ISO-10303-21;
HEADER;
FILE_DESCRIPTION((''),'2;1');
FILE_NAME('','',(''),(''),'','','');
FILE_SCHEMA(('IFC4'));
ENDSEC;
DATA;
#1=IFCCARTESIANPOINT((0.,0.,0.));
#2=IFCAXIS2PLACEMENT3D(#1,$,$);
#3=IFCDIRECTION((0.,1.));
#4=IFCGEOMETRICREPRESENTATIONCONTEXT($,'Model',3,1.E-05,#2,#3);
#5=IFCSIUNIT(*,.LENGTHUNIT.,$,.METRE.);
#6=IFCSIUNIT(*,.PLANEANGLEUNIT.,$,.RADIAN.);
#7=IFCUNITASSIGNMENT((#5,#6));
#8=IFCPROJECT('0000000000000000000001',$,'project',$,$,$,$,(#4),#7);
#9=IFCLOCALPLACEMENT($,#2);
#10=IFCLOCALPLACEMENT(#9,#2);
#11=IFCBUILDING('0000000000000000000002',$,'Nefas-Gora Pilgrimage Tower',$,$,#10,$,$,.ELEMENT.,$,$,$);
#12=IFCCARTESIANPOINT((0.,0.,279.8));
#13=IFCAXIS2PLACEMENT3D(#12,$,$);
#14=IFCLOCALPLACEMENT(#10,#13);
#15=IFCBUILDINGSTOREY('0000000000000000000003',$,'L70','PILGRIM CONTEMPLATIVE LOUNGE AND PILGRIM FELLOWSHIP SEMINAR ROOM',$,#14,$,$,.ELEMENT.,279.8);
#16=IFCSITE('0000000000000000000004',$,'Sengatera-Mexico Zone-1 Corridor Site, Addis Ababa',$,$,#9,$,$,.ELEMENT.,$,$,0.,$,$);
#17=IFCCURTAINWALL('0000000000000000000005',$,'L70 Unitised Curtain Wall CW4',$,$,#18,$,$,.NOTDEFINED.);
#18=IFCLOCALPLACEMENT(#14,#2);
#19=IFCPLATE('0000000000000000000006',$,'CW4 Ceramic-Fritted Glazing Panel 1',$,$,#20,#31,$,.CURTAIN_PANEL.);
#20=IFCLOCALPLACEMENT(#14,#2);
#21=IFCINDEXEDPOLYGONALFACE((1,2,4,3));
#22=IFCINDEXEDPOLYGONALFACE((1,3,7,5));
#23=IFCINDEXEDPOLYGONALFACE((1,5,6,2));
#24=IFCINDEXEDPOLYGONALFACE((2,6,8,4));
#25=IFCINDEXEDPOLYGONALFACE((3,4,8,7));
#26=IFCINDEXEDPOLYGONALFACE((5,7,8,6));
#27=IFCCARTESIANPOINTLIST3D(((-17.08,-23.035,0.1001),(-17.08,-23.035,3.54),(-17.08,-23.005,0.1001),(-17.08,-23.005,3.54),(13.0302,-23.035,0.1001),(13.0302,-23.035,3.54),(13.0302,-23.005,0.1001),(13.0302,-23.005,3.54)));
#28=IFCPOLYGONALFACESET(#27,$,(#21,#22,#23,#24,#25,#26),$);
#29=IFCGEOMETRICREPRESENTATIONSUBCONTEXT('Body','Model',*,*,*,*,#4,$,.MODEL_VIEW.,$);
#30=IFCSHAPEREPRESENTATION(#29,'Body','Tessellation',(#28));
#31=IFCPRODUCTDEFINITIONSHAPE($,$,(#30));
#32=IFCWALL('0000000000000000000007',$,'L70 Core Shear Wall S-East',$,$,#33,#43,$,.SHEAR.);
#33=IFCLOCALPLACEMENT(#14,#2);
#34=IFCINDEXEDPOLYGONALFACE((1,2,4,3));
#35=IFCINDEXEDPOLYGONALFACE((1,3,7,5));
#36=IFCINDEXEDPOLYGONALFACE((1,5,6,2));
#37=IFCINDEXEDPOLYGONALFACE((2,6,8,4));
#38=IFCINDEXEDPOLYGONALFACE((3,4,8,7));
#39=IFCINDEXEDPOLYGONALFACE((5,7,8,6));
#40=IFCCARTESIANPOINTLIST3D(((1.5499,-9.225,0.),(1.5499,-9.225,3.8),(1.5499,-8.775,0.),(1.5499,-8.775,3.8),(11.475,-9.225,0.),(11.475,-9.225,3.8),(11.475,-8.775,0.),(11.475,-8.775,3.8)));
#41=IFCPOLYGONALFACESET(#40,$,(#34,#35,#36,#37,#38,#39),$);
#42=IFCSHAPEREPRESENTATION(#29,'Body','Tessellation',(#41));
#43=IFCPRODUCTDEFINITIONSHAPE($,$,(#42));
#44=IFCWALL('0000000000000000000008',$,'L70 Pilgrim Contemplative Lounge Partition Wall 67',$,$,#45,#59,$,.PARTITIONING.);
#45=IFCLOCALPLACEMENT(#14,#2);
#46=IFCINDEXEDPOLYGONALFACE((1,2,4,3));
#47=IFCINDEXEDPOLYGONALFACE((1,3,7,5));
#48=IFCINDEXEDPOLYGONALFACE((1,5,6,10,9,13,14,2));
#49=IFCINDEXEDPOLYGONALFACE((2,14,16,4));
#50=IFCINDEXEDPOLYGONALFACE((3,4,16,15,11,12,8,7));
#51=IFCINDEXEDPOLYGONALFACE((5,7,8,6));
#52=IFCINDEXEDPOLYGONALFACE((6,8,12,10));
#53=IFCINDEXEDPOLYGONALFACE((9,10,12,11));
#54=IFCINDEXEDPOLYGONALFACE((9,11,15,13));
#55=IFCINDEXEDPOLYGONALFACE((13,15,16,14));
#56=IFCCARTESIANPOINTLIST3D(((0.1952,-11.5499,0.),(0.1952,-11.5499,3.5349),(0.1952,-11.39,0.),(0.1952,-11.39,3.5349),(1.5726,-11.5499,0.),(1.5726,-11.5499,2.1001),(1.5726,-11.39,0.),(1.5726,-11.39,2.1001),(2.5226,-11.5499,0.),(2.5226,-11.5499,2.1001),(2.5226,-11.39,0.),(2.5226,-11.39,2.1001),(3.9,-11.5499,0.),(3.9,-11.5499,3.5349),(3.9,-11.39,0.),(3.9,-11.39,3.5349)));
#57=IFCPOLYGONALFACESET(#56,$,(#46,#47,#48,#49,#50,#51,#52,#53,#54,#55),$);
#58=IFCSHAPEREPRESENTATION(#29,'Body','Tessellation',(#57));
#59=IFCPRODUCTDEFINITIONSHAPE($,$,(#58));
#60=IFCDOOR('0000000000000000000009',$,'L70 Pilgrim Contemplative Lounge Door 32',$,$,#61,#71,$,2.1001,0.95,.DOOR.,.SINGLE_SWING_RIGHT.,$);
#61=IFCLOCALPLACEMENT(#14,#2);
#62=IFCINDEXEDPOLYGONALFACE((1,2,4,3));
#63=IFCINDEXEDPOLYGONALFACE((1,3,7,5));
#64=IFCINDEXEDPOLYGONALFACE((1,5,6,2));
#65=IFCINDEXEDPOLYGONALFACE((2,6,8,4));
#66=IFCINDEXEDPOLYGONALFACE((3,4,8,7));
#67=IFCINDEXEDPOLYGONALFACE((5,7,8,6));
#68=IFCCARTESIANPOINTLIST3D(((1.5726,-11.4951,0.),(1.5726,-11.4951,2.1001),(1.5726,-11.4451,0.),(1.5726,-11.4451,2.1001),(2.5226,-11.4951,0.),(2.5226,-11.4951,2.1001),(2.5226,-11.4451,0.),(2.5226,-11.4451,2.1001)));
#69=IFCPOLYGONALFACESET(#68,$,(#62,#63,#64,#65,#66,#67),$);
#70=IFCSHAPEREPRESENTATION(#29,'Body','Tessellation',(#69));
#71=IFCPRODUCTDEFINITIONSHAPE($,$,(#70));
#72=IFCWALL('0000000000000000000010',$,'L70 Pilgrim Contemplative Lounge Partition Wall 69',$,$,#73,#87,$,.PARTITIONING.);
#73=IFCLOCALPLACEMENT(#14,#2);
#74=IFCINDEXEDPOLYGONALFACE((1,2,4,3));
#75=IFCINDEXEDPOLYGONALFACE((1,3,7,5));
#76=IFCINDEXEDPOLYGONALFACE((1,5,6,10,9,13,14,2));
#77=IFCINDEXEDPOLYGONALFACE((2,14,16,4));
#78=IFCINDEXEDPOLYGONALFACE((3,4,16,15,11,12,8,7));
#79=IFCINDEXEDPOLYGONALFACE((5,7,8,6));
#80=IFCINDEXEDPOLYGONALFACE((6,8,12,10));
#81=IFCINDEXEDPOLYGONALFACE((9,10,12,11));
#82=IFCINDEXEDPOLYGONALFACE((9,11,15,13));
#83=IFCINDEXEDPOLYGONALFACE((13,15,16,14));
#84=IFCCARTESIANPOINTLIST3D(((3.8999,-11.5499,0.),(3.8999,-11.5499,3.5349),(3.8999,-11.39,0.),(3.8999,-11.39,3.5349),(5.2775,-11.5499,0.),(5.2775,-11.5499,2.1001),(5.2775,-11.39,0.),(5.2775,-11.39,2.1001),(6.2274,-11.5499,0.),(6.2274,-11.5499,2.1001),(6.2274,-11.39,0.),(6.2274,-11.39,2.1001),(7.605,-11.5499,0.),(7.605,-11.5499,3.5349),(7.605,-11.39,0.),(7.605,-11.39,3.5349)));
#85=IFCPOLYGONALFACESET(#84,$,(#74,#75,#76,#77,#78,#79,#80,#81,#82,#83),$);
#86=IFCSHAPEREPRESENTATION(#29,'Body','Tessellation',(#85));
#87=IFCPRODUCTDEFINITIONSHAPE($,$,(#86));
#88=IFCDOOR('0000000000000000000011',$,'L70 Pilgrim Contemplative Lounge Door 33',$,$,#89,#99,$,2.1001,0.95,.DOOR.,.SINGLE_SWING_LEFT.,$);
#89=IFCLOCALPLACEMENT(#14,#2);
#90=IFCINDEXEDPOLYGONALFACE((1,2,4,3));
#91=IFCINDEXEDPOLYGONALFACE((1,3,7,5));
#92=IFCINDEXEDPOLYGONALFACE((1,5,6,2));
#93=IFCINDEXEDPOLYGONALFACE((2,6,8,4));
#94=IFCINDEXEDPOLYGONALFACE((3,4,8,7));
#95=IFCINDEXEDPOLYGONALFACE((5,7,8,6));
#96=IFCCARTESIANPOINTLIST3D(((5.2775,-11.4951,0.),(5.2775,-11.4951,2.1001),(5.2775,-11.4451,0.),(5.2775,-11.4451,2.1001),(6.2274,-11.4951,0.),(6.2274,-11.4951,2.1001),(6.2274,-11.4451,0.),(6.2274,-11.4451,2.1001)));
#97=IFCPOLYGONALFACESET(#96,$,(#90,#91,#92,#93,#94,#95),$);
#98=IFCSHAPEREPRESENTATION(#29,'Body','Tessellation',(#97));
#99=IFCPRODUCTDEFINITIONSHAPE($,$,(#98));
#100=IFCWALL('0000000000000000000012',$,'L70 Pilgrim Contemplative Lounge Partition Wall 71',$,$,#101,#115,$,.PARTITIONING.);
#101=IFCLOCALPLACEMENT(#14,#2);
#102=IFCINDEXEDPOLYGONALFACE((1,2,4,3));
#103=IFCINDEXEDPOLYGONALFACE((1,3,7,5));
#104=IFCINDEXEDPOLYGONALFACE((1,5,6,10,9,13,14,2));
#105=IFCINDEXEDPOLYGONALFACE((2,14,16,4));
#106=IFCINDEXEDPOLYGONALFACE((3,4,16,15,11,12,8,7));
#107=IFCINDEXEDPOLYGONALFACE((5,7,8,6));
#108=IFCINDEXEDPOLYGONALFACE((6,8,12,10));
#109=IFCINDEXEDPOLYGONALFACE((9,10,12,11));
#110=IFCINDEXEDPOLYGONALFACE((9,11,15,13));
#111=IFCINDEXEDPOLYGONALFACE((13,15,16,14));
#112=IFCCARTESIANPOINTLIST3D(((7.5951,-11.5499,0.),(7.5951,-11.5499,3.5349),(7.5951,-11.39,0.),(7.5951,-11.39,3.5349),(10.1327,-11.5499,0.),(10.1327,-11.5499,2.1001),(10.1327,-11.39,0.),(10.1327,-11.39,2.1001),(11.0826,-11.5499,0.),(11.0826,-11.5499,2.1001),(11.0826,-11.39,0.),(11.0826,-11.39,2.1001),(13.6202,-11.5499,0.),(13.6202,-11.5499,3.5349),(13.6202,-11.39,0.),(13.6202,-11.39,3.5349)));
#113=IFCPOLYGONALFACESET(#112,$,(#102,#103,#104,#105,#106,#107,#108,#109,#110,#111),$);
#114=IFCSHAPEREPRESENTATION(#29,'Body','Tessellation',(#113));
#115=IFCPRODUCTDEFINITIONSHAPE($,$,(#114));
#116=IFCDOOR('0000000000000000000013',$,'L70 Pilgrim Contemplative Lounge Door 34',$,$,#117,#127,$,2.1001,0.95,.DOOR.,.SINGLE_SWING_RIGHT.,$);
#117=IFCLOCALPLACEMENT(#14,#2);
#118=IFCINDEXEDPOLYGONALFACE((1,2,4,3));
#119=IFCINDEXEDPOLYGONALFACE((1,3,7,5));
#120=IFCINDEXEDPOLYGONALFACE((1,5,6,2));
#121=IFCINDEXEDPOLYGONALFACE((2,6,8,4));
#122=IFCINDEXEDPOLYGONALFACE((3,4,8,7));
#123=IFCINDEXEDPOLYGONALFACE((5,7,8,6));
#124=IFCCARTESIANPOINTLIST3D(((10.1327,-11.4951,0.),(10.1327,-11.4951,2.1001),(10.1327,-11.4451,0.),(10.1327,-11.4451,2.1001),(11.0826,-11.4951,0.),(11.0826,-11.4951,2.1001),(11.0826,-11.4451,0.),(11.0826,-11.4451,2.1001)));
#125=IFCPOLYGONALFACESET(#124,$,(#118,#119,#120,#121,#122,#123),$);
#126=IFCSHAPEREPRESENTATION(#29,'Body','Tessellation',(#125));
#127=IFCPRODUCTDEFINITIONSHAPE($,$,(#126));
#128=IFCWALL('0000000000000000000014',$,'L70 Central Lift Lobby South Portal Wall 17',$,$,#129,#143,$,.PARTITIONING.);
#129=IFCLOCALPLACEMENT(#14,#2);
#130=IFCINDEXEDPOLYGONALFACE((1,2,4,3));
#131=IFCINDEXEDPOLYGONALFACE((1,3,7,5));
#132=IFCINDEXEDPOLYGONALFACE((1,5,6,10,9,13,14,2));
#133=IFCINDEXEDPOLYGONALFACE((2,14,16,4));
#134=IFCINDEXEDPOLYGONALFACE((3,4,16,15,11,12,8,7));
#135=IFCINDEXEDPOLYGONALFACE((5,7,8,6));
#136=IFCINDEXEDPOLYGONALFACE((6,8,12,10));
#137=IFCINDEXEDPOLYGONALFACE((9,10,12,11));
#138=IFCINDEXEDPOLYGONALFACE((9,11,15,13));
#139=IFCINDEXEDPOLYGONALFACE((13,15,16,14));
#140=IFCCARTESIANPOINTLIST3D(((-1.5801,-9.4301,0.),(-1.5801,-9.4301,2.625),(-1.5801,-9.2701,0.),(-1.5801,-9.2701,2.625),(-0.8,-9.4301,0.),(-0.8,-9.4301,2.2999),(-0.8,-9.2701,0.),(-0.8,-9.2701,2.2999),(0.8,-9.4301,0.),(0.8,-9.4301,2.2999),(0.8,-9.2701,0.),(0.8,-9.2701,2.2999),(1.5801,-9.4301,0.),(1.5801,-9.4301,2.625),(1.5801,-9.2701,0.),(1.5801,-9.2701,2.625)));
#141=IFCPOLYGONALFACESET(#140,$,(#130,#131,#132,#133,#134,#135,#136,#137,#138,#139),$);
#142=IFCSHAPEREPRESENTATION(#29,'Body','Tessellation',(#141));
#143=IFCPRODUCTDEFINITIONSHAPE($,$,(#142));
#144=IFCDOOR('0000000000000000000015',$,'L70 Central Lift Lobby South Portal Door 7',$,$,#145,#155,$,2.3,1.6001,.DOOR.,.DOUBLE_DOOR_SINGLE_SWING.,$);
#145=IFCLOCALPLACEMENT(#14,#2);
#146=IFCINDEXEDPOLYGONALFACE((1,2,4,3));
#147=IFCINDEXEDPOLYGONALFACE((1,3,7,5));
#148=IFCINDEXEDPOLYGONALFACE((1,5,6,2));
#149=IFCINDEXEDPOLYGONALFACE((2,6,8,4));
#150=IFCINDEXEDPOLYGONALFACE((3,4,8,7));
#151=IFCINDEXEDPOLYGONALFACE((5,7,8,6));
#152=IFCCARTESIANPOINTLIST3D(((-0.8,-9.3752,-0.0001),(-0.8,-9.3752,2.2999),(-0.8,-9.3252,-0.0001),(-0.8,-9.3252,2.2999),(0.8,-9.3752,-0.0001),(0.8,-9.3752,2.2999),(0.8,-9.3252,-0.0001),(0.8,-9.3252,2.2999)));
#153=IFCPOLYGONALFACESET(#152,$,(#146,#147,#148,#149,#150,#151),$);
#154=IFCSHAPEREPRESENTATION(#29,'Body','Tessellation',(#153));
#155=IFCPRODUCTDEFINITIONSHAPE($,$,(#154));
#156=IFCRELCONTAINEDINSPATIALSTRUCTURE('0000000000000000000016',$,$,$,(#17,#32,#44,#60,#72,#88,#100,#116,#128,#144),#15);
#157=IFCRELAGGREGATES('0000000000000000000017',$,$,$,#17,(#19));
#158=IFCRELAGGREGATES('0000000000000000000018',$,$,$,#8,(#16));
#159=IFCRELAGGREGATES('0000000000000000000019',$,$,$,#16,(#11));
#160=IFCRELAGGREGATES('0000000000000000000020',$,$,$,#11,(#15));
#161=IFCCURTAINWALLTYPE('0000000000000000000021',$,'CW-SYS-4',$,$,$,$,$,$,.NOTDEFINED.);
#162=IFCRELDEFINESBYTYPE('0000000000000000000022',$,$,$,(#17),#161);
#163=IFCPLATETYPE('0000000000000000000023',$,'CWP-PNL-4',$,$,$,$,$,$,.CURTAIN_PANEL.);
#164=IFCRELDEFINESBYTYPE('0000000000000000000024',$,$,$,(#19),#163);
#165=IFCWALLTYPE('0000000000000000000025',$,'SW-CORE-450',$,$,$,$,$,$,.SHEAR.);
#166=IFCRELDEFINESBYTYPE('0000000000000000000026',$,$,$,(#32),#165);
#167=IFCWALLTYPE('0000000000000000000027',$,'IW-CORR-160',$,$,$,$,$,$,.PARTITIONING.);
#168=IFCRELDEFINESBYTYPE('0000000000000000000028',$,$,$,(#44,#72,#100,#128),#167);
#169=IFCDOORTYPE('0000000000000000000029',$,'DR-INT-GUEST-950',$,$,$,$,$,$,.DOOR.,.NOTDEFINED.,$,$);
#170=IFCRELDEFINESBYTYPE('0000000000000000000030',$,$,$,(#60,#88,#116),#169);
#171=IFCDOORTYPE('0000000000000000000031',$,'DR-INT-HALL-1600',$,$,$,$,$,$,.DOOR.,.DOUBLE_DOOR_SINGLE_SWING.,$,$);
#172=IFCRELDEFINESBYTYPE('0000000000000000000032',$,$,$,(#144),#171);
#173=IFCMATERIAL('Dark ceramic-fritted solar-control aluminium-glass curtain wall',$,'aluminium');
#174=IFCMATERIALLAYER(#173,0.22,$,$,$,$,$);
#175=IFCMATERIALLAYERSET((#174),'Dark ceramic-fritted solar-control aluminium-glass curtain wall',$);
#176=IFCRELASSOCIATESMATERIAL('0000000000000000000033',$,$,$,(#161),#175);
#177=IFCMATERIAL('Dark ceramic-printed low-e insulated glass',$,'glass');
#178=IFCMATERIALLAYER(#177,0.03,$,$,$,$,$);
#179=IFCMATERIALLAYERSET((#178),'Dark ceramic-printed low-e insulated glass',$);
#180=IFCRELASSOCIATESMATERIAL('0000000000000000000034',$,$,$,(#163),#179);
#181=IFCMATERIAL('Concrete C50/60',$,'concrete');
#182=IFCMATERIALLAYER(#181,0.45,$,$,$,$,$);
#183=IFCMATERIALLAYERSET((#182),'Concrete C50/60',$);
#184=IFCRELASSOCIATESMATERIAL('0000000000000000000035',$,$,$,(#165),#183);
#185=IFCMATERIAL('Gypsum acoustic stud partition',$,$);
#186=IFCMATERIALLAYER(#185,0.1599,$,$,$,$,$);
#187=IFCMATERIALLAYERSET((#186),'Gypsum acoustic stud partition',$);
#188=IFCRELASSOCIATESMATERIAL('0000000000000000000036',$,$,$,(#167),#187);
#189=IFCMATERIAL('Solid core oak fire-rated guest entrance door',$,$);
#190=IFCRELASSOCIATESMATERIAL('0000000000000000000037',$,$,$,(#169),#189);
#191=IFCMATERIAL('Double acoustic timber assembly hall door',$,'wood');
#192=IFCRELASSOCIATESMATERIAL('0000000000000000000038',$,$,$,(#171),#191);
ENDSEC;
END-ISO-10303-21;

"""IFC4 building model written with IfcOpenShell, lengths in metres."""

from ifc_helpers import new_model, si_unit, direction, frame, frame_2d, origin, origin_2d, place, context, subcontext, project, spatial, rectangle, extrude, source, transform, mapped, material, layer, layer_set, type_object, element, fill, aggregate, save


model = new_model("IFC4")

# Units and contexts
model_context = context("Model", 3, precision=1e-05, world=origin(), true_north=direction((0.0, 1.0)))
body_context = subcontext(model_context, "Body", "Model", "MODEL_VIEW")
ifc_project = project(units=[si_unit("LENGTHUNIT", "METRE"), si_unit("PLANEANGLEUNIT", "RADIAN")], contexts=[model_context])

# Site, building, storey
site_placement = place(None, origin())
site = spatial("IfcSite", under=ifc_project, at=site_placement, Name="Sengatera-Mexico Zone-1 Corridor Site, Addis Ababa", CompositionType="ELEMENT", RefElevation=0.0)
building_placement = place(site_placement, origin())
building = spatial("IfcBuilding", under=site, at=building_placement, Name="Nefas-Gora Pilgrimage Tower", CompositionType="ELEMENT")
storey_placement = place(building_placement, frame((0.0, 0.0, 279.8)))
storey = spatial("IfcBuildingStorey", under=building, at=storey_placement, Name="L70", Description="PILGRIM CONTEMPLATIVE LOUNGE AND PILGRIM FELLOWSHIP SEMINAR ROOM", CompositionType="ELEMENT", Elevation=279.8)

# Shared definitions
ifc_material_1 = material(Name="Concrete C50/60", Category="concrete")

# Curtain wall, plate
ifc_material_2 = material(Name="Dark ceramic-fritted solar-control aluminium-glass curtain wall", Category="aluminium")
ifc_layer_1 = layer(ifc_material_2, 0.22)
ifc_layer_set_1 = layer_set([ifc_layer_1], Name="Dark ceramic-fritted solar-control aluminium-glass curtain wall")
curtain_wall_type = type_object("IfcCurtainWallType", Name="CW-SYS-4", PredefinedType="NOTDEFINED", material=ifc_layer_set_1)
curtain_wall_placement = place(storey_placement, origin())
curtain_wall = element("IfcCurtainWall", 1, at=curtain_wall_placement, inside=storey, type_object=curtain_wall_type, Name="L70 Unitised Curtain Wall CW4", PredefinedType="NOTDEFINED")
ifc_material_3 = material(Name="Dark ceramic-printed low-e insulated glass", Category="glass")
ifc_layer_2 = layer(ifc_material_3, 0.03)
ifc_layer_set_2 = layer_set([ifc_layer_2], Name="Dark ceramic-printed low-e insulated glass")
plate_type = type_object("IfcPlateType", Name="CWP-PNL-4", PredefinedType="CURTAIN_PANEL", material=ifc_layer_set_2)
shared_shape_1 = source(origin(), body_context, "Body", "SweptSolid", [
    extrude(rectangle(XDim=30.1101, YDim=0.03, at=origin_2d()), origin(), (0.0, 0.0, 1.0), 3.4399),
])
plate_placement = place(storey_placement, frame((-2.0249, -23.02, 0.1001), z_axis=(0.0, 0.0, 1.0), x_axis=(1.0, 0.0, 0.0)))
plate = element("IfcPlate", 2, at=plate_placement, type_object=plate_type, Name="CW4 Ceramic-Fritted Glazing Panel 1", PredefinedType="CURTAIN_PANEL", context=body_context, shape_type="MappedRepresentation", body=[
    mapped(shared_shape_1, transform((0.0, 0.0, 0.0), x_axis=(1.0, 0.0, 0.0), y_axis=(0.0, 1.0, 0.0), z_axis=(0.0, 0.0, 1.0), scale=1.0)),
])
aggregate(curtain_wall, [plate])

# Wall
ifc_layer_3 = layer(ifc_material_1, 0.45)
ifc_layer_set_3 = layer_set([ifc_layer_3], Name="Concrete C50/60")
wall_type_1 = type_object("IfcWallType", Name="SW-CORE-450", PredefinedType="SHEAR", material=ifc_layer_set_3)
shared_shape_2 = source(origin(), body_context, "Body", "SweptSolid", [
    extrude(rectangle(XDim=9.925, YDim=0.45, at=frame_2d((4.9624, 0.0))), origin(), (0.0, 0.0, 1.0), 3.8),
])
wall_1_placement = place(storey_placement, frame((1.55, -9.0, 0.0), z_axis=(0.0, 0.0, 1.0), x_axis=(1.0, 0.0, 0.0)))
element("IfcWall", 3, at=wall_1_placement, inside=storey, type_object=wall_type_1, Name="L70 Core Shear Wall S-East", PredefinedType="SHEAR", context=body_context, shape_type="MappedRepresentation", body=[
    mapped(shared_shape_2, transform((0.0, 0.0, 0.0), x_axis=(1.0, 0.0, 0.0), y_axis=(0.0, 1.0, 0.0), z_axis=(0.0, 0.0, 1.0), scale=1.0)),
])

# Walls, openings, doors
ifc_material_4 = material(Name="Gypsum acoustic stud partition")
ifc_layer_4 = layer(ifc_material_4, 0.1599)
ifc_layer_set_4 = layer_set([ifc_layer_4], Name="Gypsum acoustic stud partition")
wall_type_2 = type_object("IfcWallType", Name="IW-CORR-160", PredefinedType="PARTITIONING", material=ifc_layer_set_4)
shared_shape_3 = source(origin(), body_context, "Body", "SweptSolid", [
    extrude(rectangle(XDim=3.7048, YDim=0.1599, at=frame_2d((1.8525, 0.0))), origin(), (0.0, 0.0, 1.0), 3.5349),
])
wall_2_placement = place(storey_placement, frame((0.1951, -11.47, 0.0), z_axis=(0.0, 0.0, 1.0), x_axis=(1.0, 0.0, 0.0)))
wall_2 = element("IfcWall", 4, at=wall_2_placement, inside=storey, type_object=wall_type_2, Name="L70 Pilgrim Contemplative Lounge Partition Wall 67", PredefinedType="PARTITIONING", context=body_context, shape_type="MappedRepresentation", body=[
    mapped(shared_shape_3, transform((0.0, 0.0, 0.0), x_axis=(1.0, 0.0, 0.0), y_axis=(0.0, 1.0, 0.0), z_axis=(0.0, 0.0, 1.0), scale=1.0)),
])
opening_1_placement = place(wall_2_placement, frame((1.3774, 0.0, 0.0)))
opening_1 = element("IfcOpeningElement", 5, at=opening_1_placement, cuts=wall_2, PredefinedType="OPENING", context=body_context, shape_type="SweptSolid", body=[
    extrude(rectangle(XDim=0.95, YDim=2.1001, at=frame_2d((0.4751, 1.05))), frame((0.0, 0.0898, 0.0), z_axis=(0.0, -1.0, 0.0), x_axis=(1.0, 0.0, 0.0)), (0.0, 0.0, 1.0), 0.1799),
])
ifc_material_5 = material(Name="Solid core oak fire-rated guest entrance door")
door_type_1 = type_object("IfcDoorType", Name="DR-INT-GUEST-950", OperationType="NOTDEFINED", PredefinedType="DOOR", material=ifc_material_5)
shared_shape_4 = source(origin(), body_context, "Body", "SweptSolid", [
    extrude(rectangle(XDim=0.95, YDim=2.1001, at=frame_2d((0.4751, 1.05))), frame((0.0, 0.0249, 0.0), z_axis=(0.0, -1.0, 0.0), x_axis=(1.0, 0.0, 0.0)), (0.0, 0.0, 1.0), 0.05),
])
door_1_placement = place(opening_1_placement, origin())
door_1 = element("IfcDoor", 6, at=door_1_placement, inside=storey, type_object=door_type_1, Name="L70 Pilgrim Contemplative Lounge Door 32", OperationType="SINGLE_SWING_RIGHT", OverallHeight=2.1001, OverallWidth=0.95, PredefinedType="DOOR", context=body_context, shape_type="MappedRepresentation", body=[
    mapped(shared_shape_4, transform((0.0, 0.0, 0.0), x_axis=(1.0, 0.0, 0.0), y_axis=(0.0, 1.0, 0.0), z_axis=(0.0, 0.0, 1.0), scale=1.0)),
])
fill(opening_1, door_1)
shared_shape_5 = source(origin(), body_context, "Body", "SweptSolid", [
    extrude(rectangle(XDim=3.7051, YDim=0.1599, at=frame_2d((1.8525, 0.0))), origin(), (0.0, 0.0, 1.0), 3.5349),
])
wall_3_placement = place(storey_placement, frame((3.8999, -11.47, 0.0), z_axis=(0.0, 0.0, 1.0), x_axis=(1.0, 0.0, 0.0)))
wall_3 = element("IfcWall", 7, at=wall_3_placement, inside=storey, type_object=wall_type_2, Name="L70 Pilgrim Contemplative Lounge Partition Wall 69", PredefinedType="PARTITIONING", context=body_context, shape_type="MappedRepresentation", body=[
    mapped(shared_shape_5, transform((0.0, 0.0, 0.0), x_axis=(1.0, 0.0, 0.0), y_axis=(0.0, 1.0, 0.0), z_axis=(0.0, 0.0, 1.0), scale=1.0)),
])
opening_2_placement = place(wall_3_placement, frame((1.3774, 0.0, 0.0)))
opening_2 = element("IfcOpeningElement", 8, at=opening_2_placement, cuts=wall_3, PredefinedType="OPENING", context=body_context, shape_type="SweptSolid", body=[
    extrude(rectangle(XDim=0.95, YDim=2.1001, at=frame_2d((0.4751, 1.05))), frame((0.0, 0.0898, 0.0), z_axis=(0.0, -1.0, 0.0), x_axis=(1.0, 0.0, 0.0)), (0.0, 0.0, 1.0), 0.1799),
])
door_2_placement = place(opening_2_placement, origin())
door_2 = element("IfcDoor", 9, at=door_2_placement, inside=storey, type_object=door_type_1, Name="L70 Pilgrim Contemplative Lounge Door 33", OperationType="SINGLE_SWING_LEFT", OverallHeight=2.1001, OverallWidth=0.95, PredefinedType="DOOR", context=body_context, shape_type="MappedRepresentation", body=[
    mapped(shared_shape_4, transform((0.0, 0.0, 0.0), x_axis=(1.0, 0.0, 0.0), y_axis=(0.0, 1.0, 0.0), z_axis=(0.0, 0.0, 1.0), scale=1.0)),
])
fill(opening_2, door_2)
shared_shape_6 = source(origin(), body_context, "Body", "SweptSolid", [
    extrude(rectangle(XDim=6.0251, YDim=0.1599, at=frame_2d((3.0127, 0.0))), origin(), (0.0, 0.0, 1.0), 3.5349),
])
wall_4_placement = place(storey_placement, frame((7.595, -11.47, 0.0), z_axis=(0.0, 0.0, 1.0), x_axis=(1.0, 0.0, 0.0)))
wall_4 = element("IfcWall", 10, at=wall_4_placement, inside=storey, type_object=wall_type_2, Name="L70 Pilgrim Contemplative Lounge Partition Wall 71", PredefinedType="PARTITIONING", context=body_context, shape_type="MappedRepresentation", body=[
    mapped(shared_shape_6, transform((0.0, 0.0, 0.0), x_axis=(1.0, 0.0, 0.0), y_axis=(0.0, 1.0, 0.0), z_axis=(0.0, 0.0, 1.0), scale=1.0)),
])
opening_3_placement = place(wall_4_placement, frame((2.5376, 0.0, 0.0)))
opening_3 = element("IfcOpeningElement", 11, at=opening_3_placement, cuts=wall_4, PredefinedType="OPENING", context=body_context, shape_type="SweptSolid", body=[
    extrude(rectangle(XDim=0.95, YDim=2.1001, at=frame_2d((0.4751, 1.05))), frame((0.0, 0.0898, 0.0), z_axis=(0.0, -1.0, 0.0), x_axis=(1.0, 0.0, 0.0)), (0.0, 0.0, 1.0), 0.1799),
])
door_3_placement = place(opening_3_placement, origin())
door_3 = element("IfcDoor", 12, at=door_3_placement, inside=storey, type_object=door_type_1, Name="L70 Pilgrim Contemplative Lounge Door 34", OperationType="SINGLE_SWING_RIGHT", OverallHeight=2.1001, OverallWidth=0.95, PredefinedType="DOOR", context=body_context, shape_type="MappedRepresentation", body=[
    mapped(shared_shape_4, transform((0.0, 0.0, 0.0), x_axis=(1.0, 0.0, 0.0), y_axis=(0.0, 1.0, 0.0), z_axis=(0.0, 0.0, 1.0), scale=1.0)),
])
fill(opening_3, door_3)
shared_shape_7 = source(origin(), body_context, "Body", "SweptSolid", [
    extrude(rectangle(XDim=3.1602, YDim=0.1599, at=frame_2d((1.5801, 0.0))), origin(), (0.0, 0.0, 1.0), 2.625),
])
wall_5_placement = place(storey_placement, frame((-1.5801, -9.3501, 0.0), z_axis=(0.0, 0.0, 1.0), x_axis=(1.0, 0.0, 0.0)))
wall_5 = element("IfcWall", 13, at=wall_5_placement, inside=storey, type_object=wall_type_2, Name="L70 Central Lift Lobby South Portal Wall 17", PredefinedType="PARTITIONING", context=body_context, shape_type="MappedRepresentation", body=[
    mapped(shared_shape_7, transform((0.0, 0.0, 0.0), x_axis=(1.0, 0.0, 0.0), y_axis=(0.0, 1.0, 0.0), z_axis=(0.0, 0.0, 1.0), scale=1.0)),
])
opening_4_placement = place(wall_5_placement, frame((0.78, 0.0, 0.0)))
opening_4 = element("IfcOpeningElement", 14, at=opening_4_placement, cuts=wall_5, PredefinedType="OPENING", context=body_context, shape_type="SweptSolid", body=[
    extrude(rectangle(XDim=1.6001, YDim=2.3, at=frame_2d((0.8, 1.1499))), frame((0.0, 0.0898, 0.0), z_axis=(0.0, -1.0, 0.0), x_axis=(1.0, 0.0, 0.0)), (0.0, 0.0, 1.0), 0.1799),
])
ifc_material_6 = material(Name="Double acoustic timber assembly hall door", Category="wood")
door_type_2 = type_object("IfcDoorType", Name="DR-INT-HALL-1600", OperationType="DOUBLE_DOOR_SINGLE_SWING", PredefinedType="DOOR", material=ifc_material_6)
shared_shape_8 = source(origin(), body_context, "Body", "SweptSolid", [
    extrude(rectangle(XDim=1.6001, YDim=2.3, at=frame_2d((0.8, 1.1499))), frame((0.0, 0.0249, 0.0), z_axis=(0.0, -1.0, 0.0), x_axis=(1.0, 0.0, 0.0)), (0.0, 0.0, 1.0), 0.05),
])
door_4_placement = place(opening_4_placement, origin())
door_4 = element("IfcDoor", 15, at=door_4_placement, inside=storey, type_object=door_type_2, Name="L70 Central Lift Lobby South Portal Door 7", OperationType="DOUBLE_DOOR_SINGLE_SWING", OverallHeight=2.3, OverallWidth=1.6001, PredefinedType="DOOR", context=body_context, shape_type="MappedRepresentation", body=[
    mapped(shared_shape_8, transform((0.0, 0.0, 0.0), x_axis=(1.0, 0.0, 0.0), y_axis=(0.0, 1.0, 0.0), z_axis=(0.0, 0.0, 1.0), scale=1.0)),
])
fill(opening_4, door_4)

save(model, "model.ifc")
